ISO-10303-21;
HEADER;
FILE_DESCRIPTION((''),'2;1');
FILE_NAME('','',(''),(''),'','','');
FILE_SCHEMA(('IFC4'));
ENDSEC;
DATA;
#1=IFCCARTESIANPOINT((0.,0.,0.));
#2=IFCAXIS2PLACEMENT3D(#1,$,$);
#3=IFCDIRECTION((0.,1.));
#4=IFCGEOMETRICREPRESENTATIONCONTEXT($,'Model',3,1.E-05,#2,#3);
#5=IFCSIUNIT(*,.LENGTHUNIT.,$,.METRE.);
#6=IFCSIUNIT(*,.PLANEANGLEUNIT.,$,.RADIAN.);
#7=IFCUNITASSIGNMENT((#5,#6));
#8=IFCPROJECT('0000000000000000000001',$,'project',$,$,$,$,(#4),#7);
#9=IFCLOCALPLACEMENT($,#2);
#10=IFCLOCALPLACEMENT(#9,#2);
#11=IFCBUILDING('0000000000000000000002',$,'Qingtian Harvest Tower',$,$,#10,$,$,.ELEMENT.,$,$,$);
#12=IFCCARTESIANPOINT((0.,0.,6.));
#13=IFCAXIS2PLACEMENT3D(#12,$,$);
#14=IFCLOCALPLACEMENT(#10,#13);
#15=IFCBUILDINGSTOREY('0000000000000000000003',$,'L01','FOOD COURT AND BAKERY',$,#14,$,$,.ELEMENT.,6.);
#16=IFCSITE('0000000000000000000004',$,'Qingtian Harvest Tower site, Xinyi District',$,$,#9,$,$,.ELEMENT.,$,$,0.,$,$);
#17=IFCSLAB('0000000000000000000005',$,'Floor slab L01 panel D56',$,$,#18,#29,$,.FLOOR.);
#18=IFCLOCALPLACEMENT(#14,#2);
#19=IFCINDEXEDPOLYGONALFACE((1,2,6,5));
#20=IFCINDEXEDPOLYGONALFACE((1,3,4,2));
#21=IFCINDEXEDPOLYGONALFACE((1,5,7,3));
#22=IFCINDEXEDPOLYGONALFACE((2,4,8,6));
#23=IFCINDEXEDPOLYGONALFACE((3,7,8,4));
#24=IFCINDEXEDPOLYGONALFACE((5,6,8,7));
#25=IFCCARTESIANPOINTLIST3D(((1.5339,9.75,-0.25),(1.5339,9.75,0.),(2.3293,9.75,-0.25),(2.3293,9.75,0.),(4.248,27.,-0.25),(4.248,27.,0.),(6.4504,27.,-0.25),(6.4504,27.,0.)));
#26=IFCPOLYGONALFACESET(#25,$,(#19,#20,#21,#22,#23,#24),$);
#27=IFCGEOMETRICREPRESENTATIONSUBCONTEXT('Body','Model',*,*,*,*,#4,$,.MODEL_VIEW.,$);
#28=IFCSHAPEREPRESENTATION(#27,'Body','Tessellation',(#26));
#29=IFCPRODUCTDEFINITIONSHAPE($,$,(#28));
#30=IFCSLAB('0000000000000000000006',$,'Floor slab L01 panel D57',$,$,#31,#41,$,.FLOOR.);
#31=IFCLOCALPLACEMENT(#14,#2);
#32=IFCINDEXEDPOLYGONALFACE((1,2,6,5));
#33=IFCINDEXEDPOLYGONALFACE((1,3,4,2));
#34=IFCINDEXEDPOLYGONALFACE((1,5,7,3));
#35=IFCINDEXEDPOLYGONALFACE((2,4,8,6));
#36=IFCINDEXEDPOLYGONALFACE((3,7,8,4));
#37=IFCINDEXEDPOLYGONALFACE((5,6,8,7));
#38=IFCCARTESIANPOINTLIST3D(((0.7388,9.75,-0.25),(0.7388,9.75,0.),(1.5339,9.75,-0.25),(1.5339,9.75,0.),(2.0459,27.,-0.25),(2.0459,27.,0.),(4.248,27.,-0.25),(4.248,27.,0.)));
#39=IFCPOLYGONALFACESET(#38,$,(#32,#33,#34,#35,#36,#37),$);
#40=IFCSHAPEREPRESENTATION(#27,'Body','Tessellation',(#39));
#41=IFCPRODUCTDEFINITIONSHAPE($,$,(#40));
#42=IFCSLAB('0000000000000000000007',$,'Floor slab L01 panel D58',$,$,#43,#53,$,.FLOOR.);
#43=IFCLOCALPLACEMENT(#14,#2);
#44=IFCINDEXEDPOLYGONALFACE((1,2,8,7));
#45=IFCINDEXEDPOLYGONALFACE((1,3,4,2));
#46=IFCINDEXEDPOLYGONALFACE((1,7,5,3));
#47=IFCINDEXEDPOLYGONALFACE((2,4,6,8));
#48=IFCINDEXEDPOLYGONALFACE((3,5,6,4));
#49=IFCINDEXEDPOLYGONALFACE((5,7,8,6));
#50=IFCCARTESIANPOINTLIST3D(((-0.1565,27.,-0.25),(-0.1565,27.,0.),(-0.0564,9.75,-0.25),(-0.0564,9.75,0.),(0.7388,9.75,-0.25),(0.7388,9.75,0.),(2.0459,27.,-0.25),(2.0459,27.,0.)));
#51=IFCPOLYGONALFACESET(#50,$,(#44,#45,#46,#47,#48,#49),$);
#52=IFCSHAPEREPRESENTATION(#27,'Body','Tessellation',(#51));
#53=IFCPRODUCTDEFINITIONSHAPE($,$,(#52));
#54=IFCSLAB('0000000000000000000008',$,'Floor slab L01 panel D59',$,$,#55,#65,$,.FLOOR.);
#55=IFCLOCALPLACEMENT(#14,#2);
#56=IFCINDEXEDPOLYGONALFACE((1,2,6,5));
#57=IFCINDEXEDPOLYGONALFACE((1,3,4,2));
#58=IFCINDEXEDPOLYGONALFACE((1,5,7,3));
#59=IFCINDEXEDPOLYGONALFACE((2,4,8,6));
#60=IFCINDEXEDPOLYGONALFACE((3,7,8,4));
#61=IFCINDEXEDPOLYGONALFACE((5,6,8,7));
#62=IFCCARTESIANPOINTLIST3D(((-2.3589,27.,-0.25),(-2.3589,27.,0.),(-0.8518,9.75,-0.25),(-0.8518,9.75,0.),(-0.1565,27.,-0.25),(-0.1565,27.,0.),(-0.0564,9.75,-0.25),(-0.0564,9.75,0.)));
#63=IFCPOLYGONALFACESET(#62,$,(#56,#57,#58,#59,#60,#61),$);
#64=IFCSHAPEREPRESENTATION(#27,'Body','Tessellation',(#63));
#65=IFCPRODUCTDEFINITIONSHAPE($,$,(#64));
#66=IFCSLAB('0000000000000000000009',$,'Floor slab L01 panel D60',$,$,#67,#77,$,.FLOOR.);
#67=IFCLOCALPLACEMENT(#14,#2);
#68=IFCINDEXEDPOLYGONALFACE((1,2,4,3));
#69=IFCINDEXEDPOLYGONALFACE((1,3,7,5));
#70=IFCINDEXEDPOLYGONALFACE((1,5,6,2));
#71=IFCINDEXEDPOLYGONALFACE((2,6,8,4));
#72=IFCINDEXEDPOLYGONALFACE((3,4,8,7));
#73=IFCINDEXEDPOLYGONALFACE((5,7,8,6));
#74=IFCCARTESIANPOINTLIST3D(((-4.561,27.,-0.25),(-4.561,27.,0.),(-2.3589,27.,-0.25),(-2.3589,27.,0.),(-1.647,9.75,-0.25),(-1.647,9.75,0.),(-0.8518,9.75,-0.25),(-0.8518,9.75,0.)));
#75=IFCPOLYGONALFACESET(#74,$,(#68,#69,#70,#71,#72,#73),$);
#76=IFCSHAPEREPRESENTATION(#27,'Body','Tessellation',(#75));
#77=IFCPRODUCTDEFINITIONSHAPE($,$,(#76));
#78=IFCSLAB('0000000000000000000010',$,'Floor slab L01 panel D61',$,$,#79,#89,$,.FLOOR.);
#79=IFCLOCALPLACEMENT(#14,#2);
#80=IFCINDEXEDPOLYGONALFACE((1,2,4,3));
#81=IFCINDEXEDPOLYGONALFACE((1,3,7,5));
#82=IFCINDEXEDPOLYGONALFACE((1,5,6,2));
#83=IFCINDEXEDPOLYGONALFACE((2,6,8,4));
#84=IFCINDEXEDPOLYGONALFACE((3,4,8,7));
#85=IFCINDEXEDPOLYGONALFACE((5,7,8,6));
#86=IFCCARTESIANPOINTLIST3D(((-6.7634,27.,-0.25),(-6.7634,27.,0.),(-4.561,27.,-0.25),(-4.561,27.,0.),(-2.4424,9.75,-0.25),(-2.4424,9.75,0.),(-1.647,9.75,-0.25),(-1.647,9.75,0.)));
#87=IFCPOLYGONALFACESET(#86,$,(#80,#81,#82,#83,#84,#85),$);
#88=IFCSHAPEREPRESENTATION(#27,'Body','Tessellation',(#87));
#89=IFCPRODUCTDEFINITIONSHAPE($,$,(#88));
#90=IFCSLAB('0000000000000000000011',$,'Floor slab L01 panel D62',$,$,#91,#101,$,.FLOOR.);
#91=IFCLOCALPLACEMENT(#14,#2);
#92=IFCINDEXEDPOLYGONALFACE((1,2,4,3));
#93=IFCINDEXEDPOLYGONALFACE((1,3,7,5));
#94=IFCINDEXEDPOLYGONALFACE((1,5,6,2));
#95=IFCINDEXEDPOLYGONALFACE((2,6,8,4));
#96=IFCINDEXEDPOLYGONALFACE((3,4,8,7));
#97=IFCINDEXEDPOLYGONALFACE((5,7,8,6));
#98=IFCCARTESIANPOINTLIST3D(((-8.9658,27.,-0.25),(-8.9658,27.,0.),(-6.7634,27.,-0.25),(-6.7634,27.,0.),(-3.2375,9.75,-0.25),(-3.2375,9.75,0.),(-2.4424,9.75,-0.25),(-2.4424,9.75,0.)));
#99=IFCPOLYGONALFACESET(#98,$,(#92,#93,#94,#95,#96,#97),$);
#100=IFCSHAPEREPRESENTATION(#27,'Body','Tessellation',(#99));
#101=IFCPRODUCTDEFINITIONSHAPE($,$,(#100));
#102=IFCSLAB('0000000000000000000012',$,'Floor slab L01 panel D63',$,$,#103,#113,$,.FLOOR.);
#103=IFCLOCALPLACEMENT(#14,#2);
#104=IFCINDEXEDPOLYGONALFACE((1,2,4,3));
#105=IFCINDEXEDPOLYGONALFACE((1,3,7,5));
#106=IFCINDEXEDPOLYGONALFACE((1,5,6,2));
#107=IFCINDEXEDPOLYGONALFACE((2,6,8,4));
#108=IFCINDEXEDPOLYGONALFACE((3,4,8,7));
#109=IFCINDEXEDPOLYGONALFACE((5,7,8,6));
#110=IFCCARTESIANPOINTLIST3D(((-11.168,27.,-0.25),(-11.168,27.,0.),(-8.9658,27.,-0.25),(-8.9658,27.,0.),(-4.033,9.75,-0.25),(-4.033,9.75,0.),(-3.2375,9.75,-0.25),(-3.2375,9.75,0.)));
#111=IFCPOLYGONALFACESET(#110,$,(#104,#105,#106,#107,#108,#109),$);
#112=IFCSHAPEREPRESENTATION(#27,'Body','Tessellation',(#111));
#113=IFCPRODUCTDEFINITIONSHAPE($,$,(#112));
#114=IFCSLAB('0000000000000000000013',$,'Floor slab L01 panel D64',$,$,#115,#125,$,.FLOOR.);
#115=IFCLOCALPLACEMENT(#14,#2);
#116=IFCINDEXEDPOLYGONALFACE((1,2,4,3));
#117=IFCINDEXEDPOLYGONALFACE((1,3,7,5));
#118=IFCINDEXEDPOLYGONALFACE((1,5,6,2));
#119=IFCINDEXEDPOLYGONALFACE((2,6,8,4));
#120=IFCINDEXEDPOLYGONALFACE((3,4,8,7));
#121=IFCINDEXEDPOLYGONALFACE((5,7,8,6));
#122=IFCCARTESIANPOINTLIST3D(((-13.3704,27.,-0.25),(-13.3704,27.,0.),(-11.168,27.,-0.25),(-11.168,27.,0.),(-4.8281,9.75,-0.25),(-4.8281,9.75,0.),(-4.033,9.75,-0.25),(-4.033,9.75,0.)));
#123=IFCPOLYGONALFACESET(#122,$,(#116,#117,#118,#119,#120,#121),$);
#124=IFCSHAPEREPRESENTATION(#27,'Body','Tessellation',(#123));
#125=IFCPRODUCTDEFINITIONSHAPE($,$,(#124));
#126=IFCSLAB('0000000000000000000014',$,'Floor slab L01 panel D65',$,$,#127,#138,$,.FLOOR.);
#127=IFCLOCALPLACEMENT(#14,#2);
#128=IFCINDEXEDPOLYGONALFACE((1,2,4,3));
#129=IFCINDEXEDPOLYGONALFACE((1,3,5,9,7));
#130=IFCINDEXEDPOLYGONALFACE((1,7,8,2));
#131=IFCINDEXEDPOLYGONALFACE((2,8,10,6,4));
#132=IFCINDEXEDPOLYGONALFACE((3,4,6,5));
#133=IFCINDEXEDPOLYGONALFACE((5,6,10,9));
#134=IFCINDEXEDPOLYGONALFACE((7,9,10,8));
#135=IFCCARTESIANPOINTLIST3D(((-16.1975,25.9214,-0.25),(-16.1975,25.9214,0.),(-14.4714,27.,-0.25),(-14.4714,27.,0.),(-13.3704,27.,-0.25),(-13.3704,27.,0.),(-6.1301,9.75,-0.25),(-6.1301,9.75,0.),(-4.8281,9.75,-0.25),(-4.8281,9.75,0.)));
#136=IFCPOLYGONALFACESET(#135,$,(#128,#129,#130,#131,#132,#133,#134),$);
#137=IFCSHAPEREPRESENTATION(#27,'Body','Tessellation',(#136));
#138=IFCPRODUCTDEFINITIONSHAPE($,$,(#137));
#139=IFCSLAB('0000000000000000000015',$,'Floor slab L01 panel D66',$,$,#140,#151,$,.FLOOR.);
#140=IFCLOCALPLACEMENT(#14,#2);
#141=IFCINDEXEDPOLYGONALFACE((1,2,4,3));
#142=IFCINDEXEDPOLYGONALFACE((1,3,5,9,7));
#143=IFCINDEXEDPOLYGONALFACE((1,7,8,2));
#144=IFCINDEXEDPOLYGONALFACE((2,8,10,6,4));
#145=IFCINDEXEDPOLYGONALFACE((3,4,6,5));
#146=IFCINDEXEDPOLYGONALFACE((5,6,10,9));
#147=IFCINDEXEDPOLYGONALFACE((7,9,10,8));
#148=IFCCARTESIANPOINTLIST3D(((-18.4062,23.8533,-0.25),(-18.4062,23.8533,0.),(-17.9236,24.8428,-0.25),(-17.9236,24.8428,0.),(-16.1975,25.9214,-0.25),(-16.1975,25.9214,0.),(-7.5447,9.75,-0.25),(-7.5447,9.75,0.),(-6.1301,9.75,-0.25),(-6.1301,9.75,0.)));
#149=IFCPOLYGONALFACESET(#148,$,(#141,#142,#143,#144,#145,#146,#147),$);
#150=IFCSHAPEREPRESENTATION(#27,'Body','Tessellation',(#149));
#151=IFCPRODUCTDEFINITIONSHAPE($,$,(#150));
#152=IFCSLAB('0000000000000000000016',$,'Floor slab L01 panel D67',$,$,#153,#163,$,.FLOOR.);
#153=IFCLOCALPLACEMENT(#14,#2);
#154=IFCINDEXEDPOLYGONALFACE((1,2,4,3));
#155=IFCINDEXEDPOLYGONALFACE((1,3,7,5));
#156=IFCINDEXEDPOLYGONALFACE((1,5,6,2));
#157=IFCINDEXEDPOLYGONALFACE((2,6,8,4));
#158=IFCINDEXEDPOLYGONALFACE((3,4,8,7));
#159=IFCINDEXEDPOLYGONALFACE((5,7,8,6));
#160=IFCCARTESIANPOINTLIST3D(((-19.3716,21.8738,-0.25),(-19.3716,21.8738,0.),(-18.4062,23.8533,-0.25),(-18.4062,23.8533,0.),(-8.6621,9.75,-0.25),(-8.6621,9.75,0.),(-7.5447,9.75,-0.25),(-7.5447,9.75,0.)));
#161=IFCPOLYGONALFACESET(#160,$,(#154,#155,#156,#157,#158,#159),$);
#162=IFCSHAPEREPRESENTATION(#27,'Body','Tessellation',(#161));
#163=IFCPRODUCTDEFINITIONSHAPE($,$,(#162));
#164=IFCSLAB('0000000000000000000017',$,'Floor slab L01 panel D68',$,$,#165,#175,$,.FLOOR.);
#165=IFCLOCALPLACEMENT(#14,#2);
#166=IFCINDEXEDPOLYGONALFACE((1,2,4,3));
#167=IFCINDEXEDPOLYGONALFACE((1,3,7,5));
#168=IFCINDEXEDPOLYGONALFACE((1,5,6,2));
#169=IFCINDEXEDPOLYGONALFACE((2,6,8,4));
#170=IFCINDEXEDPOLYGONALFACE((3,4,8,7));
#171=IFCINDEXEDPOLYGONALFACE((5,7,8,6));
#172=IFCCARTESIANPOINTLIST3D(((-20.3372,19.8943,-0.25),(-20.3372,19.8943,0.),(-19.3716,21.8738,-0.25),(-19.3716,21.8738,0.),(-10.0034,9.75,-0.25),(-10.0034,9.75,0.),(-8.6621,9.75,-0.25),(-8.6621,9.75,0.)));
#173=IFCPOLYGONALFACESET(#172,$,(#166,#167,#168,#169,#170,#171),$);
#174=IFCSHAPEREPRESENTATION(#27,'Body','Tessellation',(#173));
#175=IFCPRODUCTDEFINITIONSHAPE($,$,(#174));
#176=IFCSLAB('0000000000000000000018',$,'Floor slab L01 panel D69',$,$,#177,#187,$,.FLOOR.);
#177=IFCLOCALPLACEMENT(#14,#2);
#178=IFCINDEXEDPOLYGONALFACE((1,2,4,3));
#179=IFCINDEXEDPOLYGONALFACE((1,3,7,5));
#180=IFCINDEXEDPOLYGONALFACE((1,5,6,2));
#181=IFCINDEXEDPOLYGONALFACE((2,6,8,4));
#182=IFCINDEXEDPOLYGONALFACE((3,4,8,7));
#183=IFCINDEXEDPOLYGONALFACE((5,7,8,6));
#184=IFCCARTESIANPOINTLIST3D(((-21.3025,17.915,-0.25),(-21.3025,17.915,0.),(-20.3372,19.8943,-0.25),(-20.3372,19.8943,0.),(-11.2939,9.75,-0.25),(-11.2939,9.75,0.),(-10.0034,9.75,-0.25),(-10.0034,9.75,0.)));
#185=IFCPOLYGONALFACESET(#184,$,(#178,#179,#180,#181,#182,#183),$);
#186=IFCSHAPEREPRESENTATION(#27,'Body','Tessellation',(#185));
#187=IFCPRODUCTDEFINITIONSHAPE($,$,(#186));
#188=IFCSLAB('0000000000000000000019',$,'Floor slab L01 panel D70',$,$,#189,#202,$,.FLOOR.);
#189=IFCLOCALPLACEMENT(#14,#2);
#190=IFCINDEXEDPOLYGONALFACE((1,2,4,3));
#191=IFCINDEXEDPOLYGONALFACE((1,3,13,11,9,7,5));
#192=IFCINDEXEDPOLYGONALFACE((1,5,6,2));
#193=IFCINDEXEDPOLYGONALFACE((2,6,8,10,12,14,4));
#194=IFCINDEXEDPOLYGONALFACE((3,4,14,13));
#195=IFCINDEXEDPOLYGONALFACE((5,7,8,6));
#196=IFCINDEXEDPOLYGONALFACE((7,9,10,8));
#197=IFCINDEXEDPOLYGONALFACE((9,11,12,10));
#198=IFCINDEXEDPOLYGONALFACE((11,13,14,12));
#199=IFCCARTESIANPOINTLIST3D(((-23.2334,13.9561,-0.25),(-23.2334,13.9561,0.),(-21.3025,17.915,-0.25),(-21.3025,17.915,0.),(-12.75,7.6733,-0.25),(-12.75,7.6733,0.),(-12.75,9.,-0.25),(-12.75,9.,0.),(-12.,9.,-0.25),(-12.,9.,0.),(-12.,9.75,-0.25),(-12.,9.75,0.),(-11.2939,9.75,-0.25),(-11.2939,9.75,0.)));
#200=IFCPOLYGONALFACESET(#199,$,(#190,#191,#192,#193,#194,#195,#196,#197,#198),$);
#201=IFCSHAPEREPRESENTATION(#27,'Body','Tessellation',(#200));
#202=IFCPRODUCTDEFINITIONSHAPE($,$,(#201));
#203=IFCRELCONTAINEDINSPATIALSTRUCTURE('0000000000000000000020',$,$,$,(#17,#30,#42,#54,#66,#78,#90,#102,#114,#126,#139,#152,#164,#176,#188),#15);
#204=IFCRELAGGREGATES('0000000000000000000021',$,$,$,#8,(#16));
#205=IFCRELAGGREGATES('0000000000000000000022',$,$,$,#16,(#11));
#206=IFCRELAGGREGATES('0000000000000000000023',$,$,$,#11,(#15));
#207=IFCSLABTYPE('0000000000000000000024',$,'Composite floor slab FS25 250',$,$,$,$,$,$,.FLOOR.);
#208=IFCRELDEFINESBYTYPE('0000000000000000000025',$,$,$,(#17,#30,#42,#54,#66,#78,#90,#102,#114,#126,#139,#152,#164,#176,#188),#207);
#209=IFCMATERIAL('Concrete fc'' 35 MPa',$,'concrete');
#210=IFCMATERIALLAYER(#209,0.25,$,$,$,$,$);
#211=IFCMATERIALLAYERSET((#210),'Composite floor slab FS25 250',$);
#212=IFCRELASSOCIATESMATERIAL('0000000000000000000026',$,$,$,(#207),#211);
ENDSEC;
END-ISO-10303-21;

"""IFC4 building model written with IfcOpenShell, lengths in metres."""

from ifc_helpers import new_model, si_unit, direction, frame, origin, place, context, subcontext, project, spatial, polyline, outline, extrude, material, layer, layer_set, type_object, element, save


model = new_model("IFC4")

# Units and contexts
model_context = context("Model", 3, precision=1e-05, world=origin(), true_north=direction((0.0, 1.0)))
body_context = subcontext(model_context, "Body", "Model", "MODEL_VIEW")
ifc_project = project(units=[si_unit("LENGTHUNIT", "METRE"), si_unit("PLANEANGLEUNIT", "RADIAN")], contexts=[model_context])

# Site, building, storey
site_placement = place(None, origin())
site = spatial("IfcSite", under=ifc_project, at=site_placement, Name="Qingtian Harvest Tower site, Xinyi District", CompositionType="ELEMENT", RefElevation=0.0)
building_placement = place(site_placement, origin())
building = spatial("IfcBuilding", under=site, at=building_placement, Name="Qingtian Harvest Tower", CompositionType="ELEMENT")
storey_placement = place(building_placement, frame((0.0, 0.0, 6.0)))
storey = spatial("IfcBuildingStorey", under=building, at=storey_placement, Name="L01", Description="FOOD COURT AND BAKERY", CompositionType="ELEMENT", Elevation=6.0)

# Slabs
ifc_material = material(Name="Concrete fc' 35 MPa", Category="concrete")
ifc_layer = layer(ifc_material, 0.25)
ifc_layer_set = layer_set([ifc_layer], Name="Composite floor slab FS25 250")
slab_type = type_object("IfcSlabType", Name="Composite floor slab FS25 250", PredefinedType="FLOOR", material=ifc_layer_set)
slab_1_placement = place(storey_placement, frame((0.0, 0.0, -0.25)))
element("IfcSlab", 1, at=slab_1_placement, inside=storey, type_object=slab_type, Name="Floor slab L01 panel D56", PredefinedType="FLOOR", context=body_context, shape_type="SweptSolid", body=[
    extrude(outline(polyline([(1.5339, 9.75), (4.248, 27.0), (6.4504, 27.0), (2.3293, 9.75), (1.5339, 9.75)])), origin(), (0.0, 0.0, 1.0), 0.25),
])
slab_2_placement = place(storey_placement, frame((0.0, 0.0, -0.25)))
element("IfcSlab", 2, at=slab_2_placement, inside=storey, type_object=slab_type, Name="Floor slab L01 panel D57", PredefinedType="FLOOR", context=body_context, shape_type="SweptSolid", body=[
    extrude(outline(polyline([(0.7388, 9.75), (2.0459, 27.0), (4.248, 27.0), (1.5339, 9.75), (0.7388, 9.75)])), origin(), (0.0, 0.0, 1.0), 0.25),
])
slab_3_placement = place(storey_placement, frame((0.0, 0.0, -0.25)))
element("IfcSlab", 3, at=slab_3_placement, inside=storey, type_object=slab_type, Name="Floor slab L01 panel D58", PredefinedType="FLOOR", context=body_context, shape_type="SweptSolid", body=[
    extrude(outline(polyline([(-0.0564, 9.75), (-0.1565, 27.0), (2.0459, 27.0), (0.7388, 9.75), (-0.0564, 9.75)])), origin(), (0.0, 0.0, 1.0), 0.25),
])
slab_4_placement = place(storey_placement, frame((0.0, 0.0, -0.25)))
element("IfcSlab", 4, at=slab_4_placement, inside=storey, type_object=slab_type, Name="Floor slab L01 panel D59", PredefinedType="FLOOR", context=body_context, shape_type="SweptSolid", body=[
    extrude(outline(polyline([(-0.8518, 9.75), (-2.3589, 27.0), (-0.1565, 27.0), (-0.0564, 9.75), (-0.8518, 9.75)])), origin(), (0.0, 0.0, 1.0), 0.25),
])
slab_5_placement = place(storey_placement, frame((0.0, 0.0, -0.25)))
element("IfcSlab", 5, at=slab_5_placement, inside=storey, type_object=slab_type, Name="Floor slab L01 panel D60", PredefinedType="FLOOR", context=body_context, shape_type="SweptSolid", body=[
    extrude(outline(polyline([(-1.647, 9.75), (-4.561, 27.0), (-2.3589, 27.0), (-0.8518, 9.75), (-1.647, 9.75)])), origin(), (0.0, 0.0, 1.0), 0.25),
])
slab_6_placement = place(storey_placement, frame((0.0, 0.0, -0.25)))
element("IfcSlab", 6, at=slab_6_placement, inside=storey, type_object=slab_type, Name="Floor slab L01 panel D61", PredefinedType="FLOOR", context=body_context, shape_type="SweptSolid", body=[
    extrude(outline(polyline([(-2.4424, 9.75), (-6.7634, 27.0), (-4.561, 27.0), (-1.647, 9.75), (-2.4424, 9.75)])), origin(), (0.0, 0.0, 1.0), 0.25),
])
slab_7_placement = place(storey_placement, frame((0.0, 0.0, -0.25)))
element("IfcSlab", 7, at=slab_7_placement, inside=storey, type_object=slab_type, Name="Floor slab L01 panel D62", PredefinedType="FLOOR", context=body_context, shape_type="SweptSolid", body=[
    extrude(outline(polyline([(-3.2375, 9.75), (-8.9658, 27.0), (-6.7634, 27.0), (-2.4424, 9.75), (-3.2375, 9.75)])), origin(), (0.0, 0.0, 1.0), 0.25),
])
slab_8_placement = place(storey_placement, frame((0.0, 0.0, -0.25)))
element("IfcSlab", 8, at=slab_8_placement, inside=storey, type_object=slab_type, Name="Floor slab L01 panel D63", PredefinedType="FLOOR", context=body_context, shape_type="SweptSolid", body=[
    extrude(outline(polyline([(-4.033, 9.75), (-11.168, 27.0), (-8.9658, 27.0), (-3.2375, 9.75), (-4.033, 9.75)])), origin(), (0.0, 0.0, 1.0), 0.25),
])
slab_9_placement = place(storey_placement, frame((0.0, 0.0, -0.25)))
element("IfcSlab", 9, at=slab_9_placement, inside=storey, type_object=slab_type, Name="Floor slab L01 panel D64", PredefinedType="FLOOR", context=body_context, shape_type="SweptSolid", body=[
    extrude(outline(polyline([(-4.8281, 9.75), (-13.3704, 27.0), (-11.168, 27.0), (-4.033, 9.75), (-4.8281, 9.75)])), origin(), (0.0, 0.0, 1.0), 0.25),
])
slab_10_placement = place(storey_placement, frame((0.0, 0.0, -0.25)))
element("IfcSlab", 10, at=slab_10_placement, inside=storey, type_object=slab_type, Name="Floor slab L01 panel D65", PredefinedType="FLOOR", context=body_context, shape_type="SweptSolid", body=[
    extrude(outline(polyline([(-4.8281, 9.75), (-6.1301, 9.75), (-16.1975, 25.9214), (-14.4714, 27.0), (-13.3704, 27.0), (-4.8281, 9.75)])), origin(), (0.0, 0.0, 1.0), 0.25),
])
slab_11_placement = place(storey_placement, frame((0.0, 0.0, -0.25)))
element("IfcSlab", 11, at=slab_11_placement, inside=storey, type_object=slab_type, Name="Floor slab L01 panel D66", PredefinedType="FLOOR", context=body_context, shape_type="SweptSolid", body=[
    extrude(outline(polyline([(-6.1301, 9.75), (-7.5447, 9.75), (-18.4062, 23.8533), (-17.9236, 24.8428), (-16.1975, 25.9214), (-6.1301, 9.75)])), origin(), (0.0, 0.0, 1.0), 0.25),
])
slab_12_placement = place(storey_placement, frame((0.0, 0.0, -0.25)))
element("IfcSlab", 12, at=slab_12_placement, inside=storey, type_object=slab_type, Name="Floor slab L01 panel D67", PredefinedType="FLOOR", context=body_context, shape_type="SweptSolid", body=[
    extrude(outline(polyline([(-8.6621, 9.75), (-19.3716, 21.8738), (-18.4062, 23.8533), (-7.5447, 9.75), (-8.6621, 9.75)])), origin(), (0.0, 0.0, 1.0), 0.25),
])
slab_13_placement = place(storey_placement, frame((0.0, 0.0, -0.25)))
element("IfcSlab", 13, at=slab_13_placement, inside=storey, type_object=slab_type, Name="Floor slab L01 panel D68", PredefinedType="FLOOR", context=body_context, shape_type="SweptSolid", body=[
    extrude(outline(polyline([(-10.0034, 9.75), (-20.3372, 19.8943), (-19.3716, 21.8738), (-8.6621, 9.75), (-10.0034, 9.75)])), origin(), (0.0, 0.0, 1.0), 0.25),
])
slab_14_placement = place(storey_placement, frame((0.0, 0.0, -0.25)))
element("IfcSlab", 14, at=slab_14_placement, inside=storey, type_object=slab_type, Name="Floor slab L01 panel D69", PredefinedType="FLOOR", context=body_context, shape_type="SweptSolid", body=[
    extrude(outline(polyline([(-11.2939, 9.75), (-21.3025, 17.915), (-20.3372, 19.8943), (-10.0034, 9.75), (-11.2939, 9.75)])), origin(), (0.0, 0.0, 1.0), 0.25),
])
slab_15_placement = place(storey_placement, frame((0.0, 0.0, -0.25)))
element("IfcSlab", 15, at=slab_15_placement, inside=storey, type_object=slab_type, Name="Floor slab L01 panel D70", PredefinedType="FLOOR", context=body_context, shape_type="SweptSolid", body=[
    extrude(outline(polyline([(-12.0, 9.0), (-12.75, 9.0), (-12.75, 7.6733), (-23.2334, 13.9561), (-21.3025, 17.915), (-11.2939, 9.75), (-12.0, 9.75), (-12.0, 9.0)])), origin(), (0.0, 0.0, 1.0), 0.25),
])

save(model, "model.ifc")
